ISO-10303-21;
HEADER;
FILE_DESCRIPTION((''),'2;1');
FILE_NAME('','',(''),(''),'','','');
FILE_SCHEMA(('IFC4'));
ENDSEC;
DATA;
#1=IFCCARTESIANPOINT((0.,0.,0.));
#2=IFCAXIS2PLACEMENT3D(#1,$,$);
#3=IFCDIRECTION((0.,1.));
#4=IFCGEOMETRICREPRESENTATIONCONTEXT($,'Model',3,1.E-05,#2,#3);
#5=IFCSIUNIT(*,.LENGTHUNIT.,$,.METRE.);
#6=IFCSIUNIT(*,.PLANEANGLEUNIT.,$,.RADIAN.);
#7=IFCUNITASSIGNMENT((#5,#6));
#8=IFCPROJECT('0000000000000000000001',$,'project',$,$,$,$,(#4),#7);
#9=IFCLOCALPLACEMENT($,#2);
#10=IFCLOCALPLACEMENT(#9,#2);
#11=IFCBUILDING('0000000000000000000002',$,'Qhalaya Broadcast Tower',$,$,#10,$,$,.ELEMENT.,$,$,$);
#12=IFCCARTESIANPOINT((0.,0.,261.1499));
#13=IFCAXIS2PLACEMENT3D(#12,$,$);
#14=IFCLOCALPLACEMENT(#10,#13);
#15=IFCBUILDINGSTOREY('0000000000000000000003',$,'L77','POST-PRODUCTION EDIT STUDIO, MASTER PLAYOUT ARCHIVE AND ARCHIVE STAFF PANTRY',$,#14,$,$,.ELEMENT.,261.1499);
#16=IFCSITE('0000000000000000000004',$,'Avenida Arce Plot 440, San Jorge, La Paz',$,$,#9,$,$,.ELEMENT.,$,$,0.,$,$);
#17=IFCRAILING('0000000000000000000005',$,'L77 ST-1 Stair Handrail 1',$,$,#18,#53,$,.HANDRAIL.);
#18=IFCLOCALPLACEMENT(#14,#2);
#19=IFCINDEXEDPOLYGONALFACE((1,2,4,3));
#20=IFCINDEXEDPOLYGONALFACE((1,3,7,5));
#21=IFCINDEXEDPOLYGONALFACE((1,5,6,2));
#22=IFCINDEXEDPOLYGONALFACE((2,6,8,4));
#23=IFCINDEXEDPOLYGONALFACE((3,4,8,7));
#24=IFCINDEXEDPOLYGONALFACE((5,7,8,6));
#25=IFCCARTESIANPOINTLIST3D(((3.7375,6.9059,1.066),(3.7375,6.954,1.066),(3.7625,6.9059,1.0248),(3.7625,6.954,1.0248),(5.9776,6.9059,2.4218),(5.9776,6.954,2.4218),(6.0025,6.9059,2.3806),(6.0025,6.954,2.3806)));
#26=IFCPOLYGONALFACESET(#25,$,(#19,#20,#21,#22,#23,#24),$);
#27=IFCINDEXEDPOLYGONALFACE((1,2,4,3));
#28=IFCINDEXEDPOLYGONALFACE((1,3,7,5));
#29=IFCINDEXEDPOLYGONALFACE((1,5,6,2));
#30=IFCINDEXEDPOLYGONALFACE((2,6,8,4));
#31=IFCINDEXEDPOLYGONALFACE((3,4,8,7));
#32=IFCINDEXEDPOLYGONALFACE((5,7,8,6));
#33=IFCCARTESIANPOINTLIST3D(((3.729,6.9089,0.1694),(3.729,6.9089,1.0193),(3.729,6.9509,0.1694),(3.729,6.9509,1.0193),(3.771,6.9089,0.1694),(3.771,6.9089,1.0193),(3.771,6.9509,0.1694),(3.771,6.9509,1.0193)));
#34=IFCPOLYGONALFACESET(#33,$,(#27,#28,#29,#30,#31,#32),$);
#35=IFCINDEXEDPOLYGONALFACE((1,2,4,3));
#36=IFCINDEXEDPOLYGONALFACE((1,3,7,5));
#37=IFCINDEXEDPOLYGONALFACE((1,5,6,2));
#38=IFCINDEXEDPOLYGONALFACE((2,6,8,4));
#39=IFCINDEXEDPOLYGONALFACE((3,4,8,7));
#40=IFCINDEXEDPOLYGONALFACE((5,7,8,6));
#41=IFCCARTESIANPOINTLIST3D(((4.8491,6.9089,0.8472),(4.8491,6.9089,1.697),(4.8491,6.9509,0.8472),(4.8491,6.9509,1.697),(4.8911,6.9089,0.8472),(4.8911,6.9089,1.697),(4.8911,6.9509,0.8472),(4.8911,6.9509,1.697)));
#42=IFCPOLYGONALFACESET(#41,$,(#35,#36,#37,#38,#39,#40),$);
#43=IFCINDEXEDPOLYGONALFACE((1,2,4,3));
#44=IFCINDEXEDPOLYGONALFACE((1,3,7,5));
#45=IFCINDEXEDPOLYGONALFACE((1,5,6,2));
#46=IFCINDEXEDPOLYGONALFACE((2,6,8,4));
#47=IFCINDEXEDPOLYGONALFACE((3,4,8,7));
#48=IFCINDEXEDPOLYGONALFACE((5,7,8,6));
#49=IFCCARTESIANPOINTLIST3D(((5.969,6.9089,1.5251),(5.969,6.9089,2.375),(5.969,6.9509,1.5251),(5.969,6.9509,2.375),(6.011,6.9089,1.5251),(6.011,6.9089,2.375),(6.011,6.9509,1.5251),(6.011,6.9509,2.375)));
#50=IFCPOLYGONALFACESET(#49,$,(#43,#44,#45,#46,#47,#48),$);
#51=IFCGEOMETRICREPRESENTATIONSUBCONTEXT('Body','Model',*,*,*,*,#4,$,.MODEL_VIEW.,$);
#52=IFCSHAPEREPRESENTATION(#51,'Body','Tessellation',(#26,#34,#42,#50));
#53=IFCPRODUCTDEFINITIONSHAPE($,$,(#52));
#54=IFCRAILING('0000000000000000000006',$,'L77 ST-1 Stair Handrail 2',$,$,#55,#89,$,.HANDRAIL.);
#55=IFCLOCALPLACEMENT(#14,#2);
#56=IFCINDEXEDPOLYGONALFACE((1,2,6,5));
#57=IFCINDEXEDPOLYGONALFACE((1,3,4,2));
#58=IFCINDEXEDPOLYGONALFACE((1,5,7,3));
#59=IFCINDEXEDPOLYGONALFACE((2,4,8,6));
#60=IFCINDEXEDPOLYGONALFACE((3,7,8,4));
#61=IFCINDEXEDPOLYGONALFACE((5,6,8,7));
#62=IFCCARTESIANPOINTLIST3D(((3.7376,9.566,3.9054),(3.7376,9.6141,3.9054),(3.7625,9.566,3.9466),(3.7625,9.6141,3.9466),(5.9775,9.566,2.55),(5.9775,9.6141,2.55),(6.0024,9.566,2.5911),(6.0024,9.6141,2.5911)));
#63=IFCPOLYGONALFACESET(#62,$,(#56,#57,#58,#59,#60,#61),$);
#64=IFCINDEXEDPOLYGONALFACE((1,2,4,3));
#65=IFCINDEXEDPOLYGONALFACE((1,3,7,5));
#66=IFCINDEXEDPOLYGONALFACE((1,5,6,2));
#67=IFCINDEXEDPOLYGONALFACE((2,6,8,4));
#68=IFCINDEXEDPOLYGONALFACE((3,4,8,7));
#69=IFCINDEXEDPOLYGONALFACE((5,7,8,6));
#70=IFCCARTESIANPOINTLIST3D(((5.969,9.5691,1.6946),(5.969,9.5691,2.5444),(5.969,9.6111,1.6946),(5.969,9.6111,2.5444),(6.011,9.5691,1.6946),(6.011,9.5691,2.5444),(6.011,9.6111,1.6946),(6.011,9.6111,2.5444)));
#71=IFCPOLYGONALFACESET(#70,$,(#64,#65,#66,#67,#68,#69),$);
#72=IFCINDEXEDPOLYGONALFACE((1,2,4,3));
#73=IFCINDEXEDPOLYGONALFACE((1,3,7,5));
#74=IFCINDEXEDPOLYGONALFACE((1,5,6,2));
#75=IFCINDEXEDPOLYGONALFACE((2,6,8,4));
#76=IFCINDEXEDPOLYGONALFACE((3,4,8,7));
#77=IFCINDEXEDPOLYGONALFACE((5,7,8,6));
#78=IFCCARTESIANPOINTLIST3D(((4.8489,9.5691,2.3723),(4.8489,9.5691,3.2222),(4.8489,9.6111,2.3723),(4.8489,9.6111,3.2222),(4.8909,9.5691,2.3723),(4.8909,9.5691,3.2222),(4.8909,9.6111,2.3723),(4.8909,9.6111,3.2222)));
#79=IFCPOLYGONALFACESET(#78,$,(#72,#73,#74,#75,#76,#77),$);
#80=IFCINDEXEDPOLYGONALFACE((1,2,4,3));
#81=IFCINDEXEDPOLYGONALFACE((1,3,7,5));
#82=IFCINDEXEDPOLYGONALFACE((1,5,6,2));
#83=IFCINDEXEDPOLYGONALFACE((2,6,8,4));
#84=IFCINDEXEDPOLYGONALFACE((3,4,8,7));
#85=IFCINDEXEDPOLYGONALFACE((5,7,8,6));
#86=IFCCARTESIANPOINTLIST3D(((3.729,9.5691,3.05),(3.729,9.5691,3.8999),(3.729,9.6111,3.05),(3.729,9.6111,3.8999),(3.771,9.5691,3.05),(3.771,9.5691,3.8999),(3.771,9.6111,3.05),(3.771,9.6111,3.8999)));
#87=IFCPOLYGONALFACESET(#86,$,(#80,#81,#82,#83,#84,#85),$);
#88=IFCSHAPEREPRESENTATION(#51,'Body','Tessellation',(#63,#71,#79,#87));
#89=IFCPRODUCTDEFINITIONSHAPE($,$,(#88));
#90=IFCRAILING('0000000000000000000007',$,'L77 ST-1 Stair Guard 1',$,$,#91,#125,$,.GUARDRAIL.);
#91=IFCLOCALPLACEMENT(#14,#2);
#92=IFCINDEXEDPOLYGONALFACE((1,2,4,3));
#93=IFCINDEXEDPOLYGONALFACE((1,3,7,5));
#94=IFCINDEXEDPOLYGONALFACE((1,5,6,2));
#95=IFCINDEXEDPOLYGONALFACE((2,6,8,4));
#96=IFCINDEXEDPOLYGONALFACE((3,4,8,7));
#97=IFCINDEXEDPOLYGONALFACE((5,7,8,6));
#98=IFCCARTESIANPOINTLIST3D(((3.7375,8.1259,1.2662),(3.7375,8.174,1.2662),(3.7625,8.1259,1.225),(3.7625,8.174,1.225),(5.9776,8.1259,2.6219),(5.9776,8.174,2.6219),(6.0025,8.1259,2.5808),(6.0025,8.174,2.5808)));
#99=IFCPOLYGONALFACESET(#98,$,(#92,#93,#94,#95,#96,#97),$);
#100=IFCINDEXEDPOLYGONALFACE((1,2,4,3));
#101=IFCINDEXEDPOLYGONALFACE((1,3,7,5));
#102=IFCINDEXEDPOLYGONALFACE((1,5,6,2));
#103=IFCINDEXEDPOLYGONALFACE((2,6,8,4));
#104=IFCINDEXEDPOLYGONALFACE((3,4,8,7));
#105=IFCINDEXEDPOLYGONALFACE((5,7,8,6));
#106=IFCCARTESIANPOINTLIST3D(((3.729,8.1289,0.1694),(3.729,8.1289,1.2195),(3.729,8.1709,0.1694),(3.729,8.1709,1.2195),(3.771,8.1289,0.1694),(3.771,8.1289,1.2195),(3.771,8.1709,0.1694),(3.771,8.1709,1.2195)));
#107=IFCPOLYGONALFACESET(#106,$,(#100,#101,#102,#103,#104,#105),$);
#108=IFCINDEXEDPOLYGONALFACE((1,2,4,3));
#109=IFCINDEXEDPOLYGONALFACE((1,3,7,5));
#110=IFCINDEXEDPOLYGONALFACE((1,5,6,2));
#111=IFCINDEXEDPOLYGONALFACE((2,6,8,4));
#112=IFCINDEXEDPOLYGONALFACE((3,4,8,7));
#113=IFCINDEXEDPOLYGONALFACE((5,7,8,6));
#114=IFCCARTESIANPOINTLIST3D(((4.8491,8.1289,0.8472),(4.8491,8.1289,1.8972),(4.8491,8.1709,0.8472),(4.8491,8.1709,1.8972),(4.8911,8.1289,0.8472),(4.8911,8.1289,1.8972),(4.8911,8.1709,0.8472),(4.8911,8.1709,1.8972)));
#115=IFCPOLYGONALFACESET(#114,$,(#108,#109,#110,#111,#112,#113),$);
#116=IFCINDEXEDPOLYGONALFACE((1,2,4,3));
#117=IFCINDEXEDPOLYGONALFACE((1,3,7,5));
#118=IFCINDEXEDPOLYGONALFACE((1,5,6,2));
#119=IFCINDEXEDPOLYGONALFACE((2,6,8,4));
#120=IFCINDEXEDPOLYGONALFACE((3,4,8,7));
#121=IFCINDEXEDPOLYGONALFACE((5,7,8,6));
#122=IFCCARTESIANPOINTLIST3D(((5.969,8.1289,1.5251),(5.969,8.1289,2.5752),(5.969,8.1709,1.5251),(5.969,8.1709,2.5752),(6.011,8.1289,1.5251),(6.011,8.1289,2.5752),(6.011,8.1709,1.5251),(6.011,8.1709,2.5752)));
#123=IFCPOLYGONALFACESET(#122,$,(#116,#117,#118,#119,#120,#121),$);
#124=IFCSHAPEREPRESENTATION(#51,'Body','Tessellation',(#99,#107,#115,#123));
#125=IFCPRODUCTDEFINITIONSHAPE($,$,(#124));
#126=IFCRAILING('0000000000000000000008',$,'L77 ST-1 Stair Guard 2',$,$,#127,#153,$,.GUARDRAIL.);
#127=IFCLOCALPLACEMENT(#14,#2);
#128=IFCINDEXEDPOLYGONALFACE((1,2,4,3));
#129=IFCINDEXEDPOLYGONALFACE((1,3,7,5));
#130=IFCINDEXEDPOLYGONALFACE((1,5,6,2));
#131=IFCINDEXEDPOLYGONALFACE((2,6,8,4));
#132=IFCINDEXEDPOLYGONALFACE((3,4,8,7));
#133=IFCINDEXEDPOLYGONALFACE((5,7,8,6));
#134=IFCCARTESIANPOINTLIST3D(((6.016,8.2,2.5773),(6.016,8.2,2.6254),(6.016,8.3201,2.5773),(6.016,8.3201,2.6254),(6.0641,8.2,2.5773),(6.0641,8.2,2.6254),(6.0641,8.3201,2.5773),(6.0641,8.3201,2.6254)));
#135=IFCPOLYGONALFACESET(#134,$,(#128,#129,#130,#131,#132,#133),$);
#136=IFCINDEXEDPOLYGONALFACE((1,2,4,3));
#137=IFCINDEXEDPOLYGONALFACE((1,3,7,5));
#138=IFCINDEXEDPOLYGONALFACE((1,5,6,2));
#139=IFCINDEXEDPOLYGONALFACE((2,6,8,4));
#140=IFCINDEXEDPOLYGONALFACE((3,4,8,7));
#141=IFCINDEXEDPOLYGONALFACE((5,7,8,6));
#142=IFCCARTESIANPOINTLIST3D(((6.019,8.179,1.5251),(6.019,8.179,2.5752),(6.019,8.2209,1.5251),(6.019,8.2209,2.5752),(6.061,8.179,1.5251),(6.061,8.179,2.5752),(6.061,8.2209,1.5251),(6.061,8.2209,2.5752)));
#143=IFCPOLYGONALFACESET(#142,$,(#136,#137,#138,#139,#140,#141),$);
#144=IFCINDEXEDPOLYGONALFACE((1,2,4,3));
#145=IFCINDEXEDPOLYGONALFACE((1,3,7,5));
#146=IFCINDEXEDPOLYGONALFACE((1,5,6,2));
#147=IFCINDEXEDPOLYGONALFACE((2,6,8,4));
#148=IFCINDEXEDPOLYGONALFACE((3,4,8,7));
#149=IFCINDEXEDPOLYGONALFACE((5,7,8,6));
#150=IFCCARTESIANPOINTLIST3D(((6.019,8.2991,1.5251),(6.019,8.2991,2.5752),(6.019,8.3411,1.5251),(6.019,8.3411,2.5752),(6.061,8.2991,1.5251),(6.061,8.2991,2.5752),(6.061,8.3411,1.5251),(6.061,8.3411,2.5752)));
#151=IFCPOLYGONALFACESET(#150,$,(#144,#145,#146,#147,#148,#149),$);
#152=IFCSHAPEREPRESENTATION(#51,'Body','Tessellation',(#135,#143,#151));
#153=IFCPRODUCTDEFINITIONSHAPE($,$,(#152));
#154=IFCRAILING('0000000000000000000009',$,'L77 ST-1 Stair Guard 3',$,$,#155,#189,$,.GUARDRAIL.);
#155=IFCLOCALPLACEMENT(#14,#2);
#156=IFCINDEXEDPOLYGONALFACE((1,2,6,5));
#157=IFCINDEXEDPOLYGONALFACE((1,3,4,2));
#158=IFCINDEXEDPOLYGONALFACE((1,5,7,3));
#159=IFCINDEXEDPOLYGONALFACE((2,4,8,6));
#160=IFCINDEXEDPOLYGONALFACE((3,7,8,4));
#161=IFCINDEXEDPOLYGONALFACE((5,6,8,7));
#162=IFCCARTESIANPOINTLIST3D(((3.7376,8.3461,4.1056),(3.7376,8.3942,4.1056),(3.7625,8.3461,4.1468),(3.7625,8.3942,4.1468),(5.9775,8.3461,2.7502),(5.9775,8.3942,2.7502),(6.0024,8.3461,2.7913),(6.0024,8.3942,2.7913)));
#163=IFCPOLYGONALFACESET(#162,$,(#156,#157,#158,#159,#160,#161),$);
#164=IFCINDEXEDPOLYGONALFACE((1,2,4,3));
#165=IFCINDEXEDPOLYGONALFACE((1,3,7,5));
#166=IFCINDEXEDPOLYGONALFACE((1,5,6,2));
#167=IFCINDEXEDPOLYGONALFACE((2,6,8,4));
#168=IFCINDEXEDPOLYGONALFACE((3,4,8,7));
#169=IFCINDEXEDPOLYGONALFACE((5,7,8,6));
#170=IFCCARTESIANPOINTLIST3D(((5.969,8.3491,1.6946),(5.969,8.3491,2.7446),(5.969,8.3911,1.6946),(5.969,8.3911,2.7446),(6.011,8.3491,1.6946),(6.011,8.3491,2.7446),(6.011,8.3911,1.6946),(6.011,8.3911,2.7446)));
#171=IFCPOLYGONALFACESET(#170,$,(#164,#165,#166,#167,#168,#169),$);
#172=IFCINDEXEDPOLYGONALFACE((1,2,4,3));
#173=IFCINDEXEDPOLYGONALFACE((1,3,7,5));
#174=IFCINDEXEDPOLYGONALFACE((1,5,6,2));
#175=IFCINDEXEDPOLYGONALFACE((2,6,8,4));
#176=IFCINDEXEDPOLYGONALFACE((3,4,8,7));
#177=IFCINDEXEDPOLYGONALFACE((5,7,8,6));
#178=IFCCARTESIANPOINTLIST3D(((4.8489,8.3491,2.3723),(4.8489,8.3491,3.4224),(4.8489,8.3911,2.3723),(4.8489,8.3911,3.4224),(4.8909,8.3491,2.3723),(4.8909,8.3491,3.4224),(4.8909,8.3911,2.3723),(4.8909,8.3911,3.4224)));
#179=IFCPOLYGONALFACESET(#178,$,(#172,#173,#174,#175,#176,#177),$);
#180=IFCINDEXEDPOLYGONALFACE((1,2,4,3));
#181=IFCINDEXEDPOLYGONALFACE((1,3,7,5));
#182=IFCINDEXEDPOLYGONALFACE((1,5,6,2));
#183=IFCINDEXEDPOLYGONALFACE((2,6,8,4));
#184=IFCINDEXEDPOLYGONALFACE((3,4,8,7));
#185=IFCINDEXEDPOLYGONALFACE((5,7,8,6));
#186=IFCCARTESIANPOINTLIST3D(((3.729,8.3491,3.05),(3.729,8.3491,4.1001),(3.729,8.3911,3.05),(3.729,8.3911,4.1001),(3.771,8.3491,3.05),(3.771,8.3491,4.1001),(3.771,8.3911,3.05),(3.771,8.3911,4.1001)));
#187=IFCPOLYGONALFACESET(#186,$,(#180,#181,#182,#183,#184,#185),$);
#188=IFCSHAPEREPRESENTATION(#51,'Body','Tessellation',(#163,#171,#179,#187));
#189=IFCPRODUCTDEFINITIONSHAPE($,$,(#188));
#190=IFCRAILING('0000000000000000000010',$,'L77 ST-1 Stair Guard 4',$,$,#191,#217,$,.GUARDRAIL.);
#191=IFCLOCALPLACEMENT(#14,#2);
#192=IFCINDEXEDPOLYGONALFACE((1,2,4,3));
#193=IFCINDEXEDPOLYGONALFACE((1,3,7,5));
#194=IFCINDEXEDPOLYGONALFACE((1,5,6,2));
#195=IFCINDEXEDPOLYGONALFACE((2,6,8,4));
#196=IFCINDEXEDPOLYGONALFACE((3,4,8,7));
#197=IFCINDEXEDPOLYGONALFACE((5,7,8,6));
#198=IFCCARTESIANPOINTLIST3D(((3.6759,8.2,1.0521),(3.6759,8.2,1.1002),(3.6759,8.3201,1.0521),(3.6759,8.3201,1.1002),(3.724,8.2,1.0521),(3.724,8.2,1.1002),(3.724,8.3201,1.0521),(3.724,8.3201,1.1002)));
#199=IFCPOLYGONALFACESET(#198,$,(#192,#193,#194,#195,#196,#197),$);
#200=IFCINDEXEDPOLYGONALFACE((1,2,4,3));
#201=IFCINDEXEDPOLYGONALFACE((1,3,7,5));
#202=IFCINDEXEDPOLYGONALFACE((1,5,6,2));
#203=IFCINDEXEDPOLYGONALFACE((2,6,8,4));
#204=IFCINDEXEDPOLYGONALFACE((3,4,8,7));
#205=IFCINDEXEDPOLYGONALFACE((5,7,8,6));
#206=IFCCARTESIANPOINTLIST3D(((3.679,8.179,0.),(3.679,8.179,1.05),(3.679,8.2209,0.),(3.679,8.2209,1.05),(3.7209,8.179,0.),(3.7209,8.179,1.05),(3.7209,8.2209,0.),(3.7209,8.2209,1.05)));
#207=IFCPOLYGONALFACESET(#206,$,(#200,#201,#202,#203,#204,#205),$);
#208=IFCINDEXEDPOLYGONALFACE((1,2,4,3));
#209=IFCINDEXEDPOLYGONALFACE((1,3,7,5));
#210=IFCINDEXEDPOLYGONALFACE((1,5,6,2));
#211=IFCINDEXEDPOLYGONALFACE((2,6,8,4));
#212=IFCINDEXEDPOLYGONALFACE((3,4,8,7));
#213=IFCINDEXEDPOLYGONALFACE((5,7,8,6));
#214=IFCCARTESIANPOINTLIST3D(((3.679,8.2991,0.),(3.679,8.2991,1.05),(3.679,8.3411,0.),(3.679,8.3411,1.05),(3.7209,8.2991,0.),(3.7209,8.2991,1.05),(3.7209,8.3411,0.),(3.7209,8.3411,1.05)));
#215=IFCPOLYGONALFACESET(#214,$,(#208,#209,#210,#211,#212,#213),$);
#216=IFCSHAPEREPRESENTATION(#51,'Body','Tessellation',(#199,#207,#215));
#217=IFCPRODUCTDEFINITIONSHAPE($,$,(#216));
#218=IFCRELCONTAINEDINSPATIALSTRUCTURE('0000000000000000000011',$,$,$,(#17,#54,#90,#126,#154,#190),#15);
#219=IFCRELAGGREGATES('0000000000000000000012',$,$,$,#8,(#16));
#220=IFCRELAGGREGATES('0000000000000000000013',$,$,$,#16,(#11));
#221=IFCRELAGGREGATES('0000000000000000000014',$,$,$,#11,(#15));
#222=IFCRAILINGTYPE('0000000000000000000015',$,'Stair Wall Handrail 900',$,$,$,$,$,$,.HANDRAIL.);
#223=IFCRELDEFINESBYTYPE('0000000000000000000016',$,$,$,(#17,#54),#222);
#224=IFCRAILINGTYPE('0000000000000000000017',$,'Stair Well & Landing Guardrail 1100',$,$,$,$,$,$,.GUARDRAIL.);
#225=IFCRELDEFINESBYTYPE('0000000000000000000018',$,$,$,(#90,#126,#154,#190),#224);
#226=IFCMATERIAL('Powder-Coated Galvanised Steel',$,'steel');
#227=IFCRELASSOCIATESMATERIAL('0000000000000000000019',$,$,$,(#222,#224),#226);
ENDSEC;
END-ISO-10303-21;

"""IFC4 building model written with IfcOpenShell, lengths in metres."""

from ifc_helpers import new_model, si_unit, direction, frame, origin, origin_2d, place, context, subcontext, project, spatial, rectangle, extrude, material, type_object, element, save


model = new_model("IFC4")

# Units and contexts
model_context = context("Model", 3, precision=1e-05, world=origin(), true_north=direction((0.0, 1.0)))
body_context = subcontext(model_context, "Body", "Model", "MODEL_VIEW")
ifc_project = project(units=[si_unit("LENGTHUNIT", "METRE"), si_unit("PLANEANGLEUNIT", "RADIAN")], contexts=[model_context])

# Site, building, storey
site_placement = place(None, origin())
site = spatial("IfcSite", under=ifc_project, at=site_placement, Name="Avenida Arce Plot 440, San Jorge, La Paz", CompositionType="ELEMENT", RefElevation=0.0)
building_placement = place(site_placement, origin())
building = spatial("IfcBuilding", under=site, at=building_placement, Name="Qhalaya Broadcast Tower", CompositionType="ELEMENT")
storey_placement = place(building_placement, frame((0.0, 0.0, 261.1499)))
storey = spatial("IfcBuildingStorey", under=building, at=storey_placement, Name="L77", Description="POST-PRODUCTION EDIT STUDIO, MASTER PLAYOUT ARCHIVE AND ARCHIVE STAFF PANTRY", CompositionType="ELEMENT", Elevation=261.1499)

# Railings
ifc_material_1 = material(Name="Powder-Coated Galvanised Steel", Category="steel")
railing_type_1 = type_object("IfcRailingType", Name="Stair Wall Handrail 900", PredefinedType="HANDRAIL", material=ifc_material_1)
railing_1_placement = place(storey_placement, frame((3.75, 6.9299, 0.1694)))
element("IfcRailing", 1, at=railing_1_placement, inside=storey, type_object=railing_type_1, Name="L77 ST-1 Stair Handrail 1", PredefinedType="HANDRAIL", context=body_context, shape_type="SweptSolid", body=[
    extrude(rectangle(XDim=0.0481, YDim=0.0481, at=origin_2d()), frame((0.0, 0.0, 0.876), z_axis=(0.855512, 0.0, 0.517783), x_axis=(0.0, 1.0, 0.0)), (0.0, 0.0, 1.0), 2.6184),
    extrude(rectangle(XDim=0.042, YDim=0.042, at=origin_2d()), origin(), (0.0, 0.0, 1.0), 0.8499),
    extrude(rectangle(XDim=0.042, YDim=0.042, at=origin_2d()), frame((1.1201, 0.0, 0.6777)), (0.0, 0.0, 1.0), 0.8499),
    extrude(rectangle(XDim=0.042, YDim=0.042, at=origin_2d()), frame((2.24, 0.0, 1.3557)), (0.0, 0.0, 1.0), 0.8499),
])
railing_2_placement = place(storey_placement, frame((5.99, 9.5901, 1.6946)))
element("IfcRailing", 2, at=railing_2_placement, inside=storey, type_object=railing_type_1, Name="L77 ST-1 Stair Handrail 2", PredefinedType="HANDRAIL", context=body_context, shape_type="SweptSolid", body=[
    extrude(rectangle(XDim=0.0481, YDim=0.0481, at=origin_2d()), frame((0.0, 0.0, 0.876), z_axis=(-0.855553, 0.0, 0.517715), x_axis=(0.0, -1.0, 0.0)), (0.0, 0.0, 1.0), 2.6182),
    extrude(rectangle(XDim=0.042, YDim=0.042, at=origin_2d()), origin(), (0.0, 0.0, 1.0), 0.8499),
    extrude(rectangle(XDim=0.042, YDim=0.042, at=origin_2d()), frame((-1.1201, 0.0, 0.6777)), (0.0, 0.0, 1.0), 0.8499),
    extrude(rectangle(XDim=0.042, YDim=0.042, at=origin_2d()), frame((-2.24, 0.0, 1.3555)), (0.0, 0.0, 1.0), 0.8499),
])
railing_type_2 = type_object("IfcRailingType", Name="Stair Well & Landing Guardrail 1100", PredefinedType="GUARDRAIL", material=ifc_material_1)
railing_3_placement = place(storey_placement, frame((3.75, 8.1499, 0.1694)))
element("IfcRailing", 3, at=railing_3_placement, inside=storey, type_object=railing_type_2, Name="L77 ST-1 Stair Guard 1", PredefinedType="GUARDRAIL", context=body_context, shape_type="SweptSolid", body=[
    extrude(rectangle(XDim=0.0481, YDim=0.0481, at=origin_2d()), frame((0.0, 0.0, 1.0762), z_axis=(0.855512, 0.0, 0.517783), x_axis=(0.0, 1.0, 0.0)), (0.0, 0.0, 1.0), 2.6184),
    extrude(rectangle(XDim=0.042, YDim=0.042, at=origin_2d()), origin(), (0.0, 0.0, 1.0), 1.05),
    extrude(rectangle(XDim=0.042, YDim=0.042, at=origin_2d()), frame((1.1201, 0.0, 0.6777)), (0.0, 0.0, 1.0), 1.05),
    extrude(rectangle(XDim=0.042, YDim=0.042, at=origin_2d()), frame((2.24, 0.0, 1.3557)), (0.0, 0.0, 1.0), 1.05),
])
railing_4_placement = place(storey_placement, frame((6.04, 8.2, 1.5251)))
element("IfcRailing", 4, at=railing_4_placement, inside=storey, type_object=railing_type_2, Name="L77 ST-1 Stair Guard 2", PredefinedType="GUARDRAIL", context=body_context, shape_type="SweptSolid", body=[
    extrude(rectangle(XDim=0.0481, YDim=0.0481, at=origin_2d()), frame((0.0, 0.0, 1.0762), z_axis=(0.0, 1.0, 0.0), x_axis=(-1.0, 0.0, 0.0)), (0.0, 0.0, 1.0), 0.1201),
    extrude(rectangle(XDim=0.042, YDim=0.042, at=origin_2d()), origin(), (0.0, 0.0, 1.0), 1.05),
    extrude(rectangle(XDim=0.042, YDim=0.042, at=origin_2d()), frame((0.0, 0.1201, 0.0)), (0.0, 0.0, 1.0), 1.05),
])
railing_5_placement = place(storey_placement, frame((5.99, 8.3701, 1.6946)))
element("IfcRailing", 5, at=railing_5_placement, inside=storey, type_object=railing_type_2, Name="L77 ST-1 Stair Guard 3", PredefinedType="GUARDRAIL", context=body_context, shape_type="SweptSolid", body=[
    extrude(rectangle(XDim=0.0481, YDim=0.0481, at=origin_2d()), frame((0.0, 0.0, 1.0762), z_axis=(-0.855553, 0.0, 0.517715), x_axis=(0.0, -1.0, 0.0)), (0.0, 0.0, 1.0), 2.6182),
    extrude(rectangle(XDim=0.042, YDim=0.042, at=origin_2d()), origin(), (0.0, 0.0, 1.0), 1.05),
    extrude(rectangle(XDim=0.042, YDim=0.042, at=origin_2d()), frame((-1.1201, 0.0, 0.6777)), (0.0, 0.0, 1.0), 1.05),
    extrude(rectangle(XDim=0.042, YDim=0.042, at=origin_2d()), frame((-2.24, 0.0, 1.3555)), (0.0, 0.0, 1.0), 1.05),
])
railing_6_placement = place(storey_placement, frame((3.7, 8.2, 0.0)))
element("IfcRailing", 6, at=railing_6_placement, inside=storey, type_object=railing_type_2, Name="L77 ST-1 Stair Guard 4", PredefinedType="GUARDRAIL", context=body_context, shape_type="SweptSolid", body=[
    extrude(rectangle(XDim=0.0481, YDim=0.0481, at=origin_2d()), frame((0.0, 0.0, 1.0762), z_axis=(0.0, 1.0, 0.0), x_axis=(-1.0, 0.0, 0.0)), (0.0, 0.0, 1.0), 0.1201),
    extrude(rectangle(XDim=0.042, YDim=0.042, at=origin_2d()), origin(), (0.0, 0.0, 1.0), 1.05),
    extrude(rectangle(XDim=0.042, YDim=0.042, at=origin_2d()), frame((0.0, 0.1201, 0.0)), (0.0, 0.0, 1.0), 1.05),
])

save(model, "model.ifc")
